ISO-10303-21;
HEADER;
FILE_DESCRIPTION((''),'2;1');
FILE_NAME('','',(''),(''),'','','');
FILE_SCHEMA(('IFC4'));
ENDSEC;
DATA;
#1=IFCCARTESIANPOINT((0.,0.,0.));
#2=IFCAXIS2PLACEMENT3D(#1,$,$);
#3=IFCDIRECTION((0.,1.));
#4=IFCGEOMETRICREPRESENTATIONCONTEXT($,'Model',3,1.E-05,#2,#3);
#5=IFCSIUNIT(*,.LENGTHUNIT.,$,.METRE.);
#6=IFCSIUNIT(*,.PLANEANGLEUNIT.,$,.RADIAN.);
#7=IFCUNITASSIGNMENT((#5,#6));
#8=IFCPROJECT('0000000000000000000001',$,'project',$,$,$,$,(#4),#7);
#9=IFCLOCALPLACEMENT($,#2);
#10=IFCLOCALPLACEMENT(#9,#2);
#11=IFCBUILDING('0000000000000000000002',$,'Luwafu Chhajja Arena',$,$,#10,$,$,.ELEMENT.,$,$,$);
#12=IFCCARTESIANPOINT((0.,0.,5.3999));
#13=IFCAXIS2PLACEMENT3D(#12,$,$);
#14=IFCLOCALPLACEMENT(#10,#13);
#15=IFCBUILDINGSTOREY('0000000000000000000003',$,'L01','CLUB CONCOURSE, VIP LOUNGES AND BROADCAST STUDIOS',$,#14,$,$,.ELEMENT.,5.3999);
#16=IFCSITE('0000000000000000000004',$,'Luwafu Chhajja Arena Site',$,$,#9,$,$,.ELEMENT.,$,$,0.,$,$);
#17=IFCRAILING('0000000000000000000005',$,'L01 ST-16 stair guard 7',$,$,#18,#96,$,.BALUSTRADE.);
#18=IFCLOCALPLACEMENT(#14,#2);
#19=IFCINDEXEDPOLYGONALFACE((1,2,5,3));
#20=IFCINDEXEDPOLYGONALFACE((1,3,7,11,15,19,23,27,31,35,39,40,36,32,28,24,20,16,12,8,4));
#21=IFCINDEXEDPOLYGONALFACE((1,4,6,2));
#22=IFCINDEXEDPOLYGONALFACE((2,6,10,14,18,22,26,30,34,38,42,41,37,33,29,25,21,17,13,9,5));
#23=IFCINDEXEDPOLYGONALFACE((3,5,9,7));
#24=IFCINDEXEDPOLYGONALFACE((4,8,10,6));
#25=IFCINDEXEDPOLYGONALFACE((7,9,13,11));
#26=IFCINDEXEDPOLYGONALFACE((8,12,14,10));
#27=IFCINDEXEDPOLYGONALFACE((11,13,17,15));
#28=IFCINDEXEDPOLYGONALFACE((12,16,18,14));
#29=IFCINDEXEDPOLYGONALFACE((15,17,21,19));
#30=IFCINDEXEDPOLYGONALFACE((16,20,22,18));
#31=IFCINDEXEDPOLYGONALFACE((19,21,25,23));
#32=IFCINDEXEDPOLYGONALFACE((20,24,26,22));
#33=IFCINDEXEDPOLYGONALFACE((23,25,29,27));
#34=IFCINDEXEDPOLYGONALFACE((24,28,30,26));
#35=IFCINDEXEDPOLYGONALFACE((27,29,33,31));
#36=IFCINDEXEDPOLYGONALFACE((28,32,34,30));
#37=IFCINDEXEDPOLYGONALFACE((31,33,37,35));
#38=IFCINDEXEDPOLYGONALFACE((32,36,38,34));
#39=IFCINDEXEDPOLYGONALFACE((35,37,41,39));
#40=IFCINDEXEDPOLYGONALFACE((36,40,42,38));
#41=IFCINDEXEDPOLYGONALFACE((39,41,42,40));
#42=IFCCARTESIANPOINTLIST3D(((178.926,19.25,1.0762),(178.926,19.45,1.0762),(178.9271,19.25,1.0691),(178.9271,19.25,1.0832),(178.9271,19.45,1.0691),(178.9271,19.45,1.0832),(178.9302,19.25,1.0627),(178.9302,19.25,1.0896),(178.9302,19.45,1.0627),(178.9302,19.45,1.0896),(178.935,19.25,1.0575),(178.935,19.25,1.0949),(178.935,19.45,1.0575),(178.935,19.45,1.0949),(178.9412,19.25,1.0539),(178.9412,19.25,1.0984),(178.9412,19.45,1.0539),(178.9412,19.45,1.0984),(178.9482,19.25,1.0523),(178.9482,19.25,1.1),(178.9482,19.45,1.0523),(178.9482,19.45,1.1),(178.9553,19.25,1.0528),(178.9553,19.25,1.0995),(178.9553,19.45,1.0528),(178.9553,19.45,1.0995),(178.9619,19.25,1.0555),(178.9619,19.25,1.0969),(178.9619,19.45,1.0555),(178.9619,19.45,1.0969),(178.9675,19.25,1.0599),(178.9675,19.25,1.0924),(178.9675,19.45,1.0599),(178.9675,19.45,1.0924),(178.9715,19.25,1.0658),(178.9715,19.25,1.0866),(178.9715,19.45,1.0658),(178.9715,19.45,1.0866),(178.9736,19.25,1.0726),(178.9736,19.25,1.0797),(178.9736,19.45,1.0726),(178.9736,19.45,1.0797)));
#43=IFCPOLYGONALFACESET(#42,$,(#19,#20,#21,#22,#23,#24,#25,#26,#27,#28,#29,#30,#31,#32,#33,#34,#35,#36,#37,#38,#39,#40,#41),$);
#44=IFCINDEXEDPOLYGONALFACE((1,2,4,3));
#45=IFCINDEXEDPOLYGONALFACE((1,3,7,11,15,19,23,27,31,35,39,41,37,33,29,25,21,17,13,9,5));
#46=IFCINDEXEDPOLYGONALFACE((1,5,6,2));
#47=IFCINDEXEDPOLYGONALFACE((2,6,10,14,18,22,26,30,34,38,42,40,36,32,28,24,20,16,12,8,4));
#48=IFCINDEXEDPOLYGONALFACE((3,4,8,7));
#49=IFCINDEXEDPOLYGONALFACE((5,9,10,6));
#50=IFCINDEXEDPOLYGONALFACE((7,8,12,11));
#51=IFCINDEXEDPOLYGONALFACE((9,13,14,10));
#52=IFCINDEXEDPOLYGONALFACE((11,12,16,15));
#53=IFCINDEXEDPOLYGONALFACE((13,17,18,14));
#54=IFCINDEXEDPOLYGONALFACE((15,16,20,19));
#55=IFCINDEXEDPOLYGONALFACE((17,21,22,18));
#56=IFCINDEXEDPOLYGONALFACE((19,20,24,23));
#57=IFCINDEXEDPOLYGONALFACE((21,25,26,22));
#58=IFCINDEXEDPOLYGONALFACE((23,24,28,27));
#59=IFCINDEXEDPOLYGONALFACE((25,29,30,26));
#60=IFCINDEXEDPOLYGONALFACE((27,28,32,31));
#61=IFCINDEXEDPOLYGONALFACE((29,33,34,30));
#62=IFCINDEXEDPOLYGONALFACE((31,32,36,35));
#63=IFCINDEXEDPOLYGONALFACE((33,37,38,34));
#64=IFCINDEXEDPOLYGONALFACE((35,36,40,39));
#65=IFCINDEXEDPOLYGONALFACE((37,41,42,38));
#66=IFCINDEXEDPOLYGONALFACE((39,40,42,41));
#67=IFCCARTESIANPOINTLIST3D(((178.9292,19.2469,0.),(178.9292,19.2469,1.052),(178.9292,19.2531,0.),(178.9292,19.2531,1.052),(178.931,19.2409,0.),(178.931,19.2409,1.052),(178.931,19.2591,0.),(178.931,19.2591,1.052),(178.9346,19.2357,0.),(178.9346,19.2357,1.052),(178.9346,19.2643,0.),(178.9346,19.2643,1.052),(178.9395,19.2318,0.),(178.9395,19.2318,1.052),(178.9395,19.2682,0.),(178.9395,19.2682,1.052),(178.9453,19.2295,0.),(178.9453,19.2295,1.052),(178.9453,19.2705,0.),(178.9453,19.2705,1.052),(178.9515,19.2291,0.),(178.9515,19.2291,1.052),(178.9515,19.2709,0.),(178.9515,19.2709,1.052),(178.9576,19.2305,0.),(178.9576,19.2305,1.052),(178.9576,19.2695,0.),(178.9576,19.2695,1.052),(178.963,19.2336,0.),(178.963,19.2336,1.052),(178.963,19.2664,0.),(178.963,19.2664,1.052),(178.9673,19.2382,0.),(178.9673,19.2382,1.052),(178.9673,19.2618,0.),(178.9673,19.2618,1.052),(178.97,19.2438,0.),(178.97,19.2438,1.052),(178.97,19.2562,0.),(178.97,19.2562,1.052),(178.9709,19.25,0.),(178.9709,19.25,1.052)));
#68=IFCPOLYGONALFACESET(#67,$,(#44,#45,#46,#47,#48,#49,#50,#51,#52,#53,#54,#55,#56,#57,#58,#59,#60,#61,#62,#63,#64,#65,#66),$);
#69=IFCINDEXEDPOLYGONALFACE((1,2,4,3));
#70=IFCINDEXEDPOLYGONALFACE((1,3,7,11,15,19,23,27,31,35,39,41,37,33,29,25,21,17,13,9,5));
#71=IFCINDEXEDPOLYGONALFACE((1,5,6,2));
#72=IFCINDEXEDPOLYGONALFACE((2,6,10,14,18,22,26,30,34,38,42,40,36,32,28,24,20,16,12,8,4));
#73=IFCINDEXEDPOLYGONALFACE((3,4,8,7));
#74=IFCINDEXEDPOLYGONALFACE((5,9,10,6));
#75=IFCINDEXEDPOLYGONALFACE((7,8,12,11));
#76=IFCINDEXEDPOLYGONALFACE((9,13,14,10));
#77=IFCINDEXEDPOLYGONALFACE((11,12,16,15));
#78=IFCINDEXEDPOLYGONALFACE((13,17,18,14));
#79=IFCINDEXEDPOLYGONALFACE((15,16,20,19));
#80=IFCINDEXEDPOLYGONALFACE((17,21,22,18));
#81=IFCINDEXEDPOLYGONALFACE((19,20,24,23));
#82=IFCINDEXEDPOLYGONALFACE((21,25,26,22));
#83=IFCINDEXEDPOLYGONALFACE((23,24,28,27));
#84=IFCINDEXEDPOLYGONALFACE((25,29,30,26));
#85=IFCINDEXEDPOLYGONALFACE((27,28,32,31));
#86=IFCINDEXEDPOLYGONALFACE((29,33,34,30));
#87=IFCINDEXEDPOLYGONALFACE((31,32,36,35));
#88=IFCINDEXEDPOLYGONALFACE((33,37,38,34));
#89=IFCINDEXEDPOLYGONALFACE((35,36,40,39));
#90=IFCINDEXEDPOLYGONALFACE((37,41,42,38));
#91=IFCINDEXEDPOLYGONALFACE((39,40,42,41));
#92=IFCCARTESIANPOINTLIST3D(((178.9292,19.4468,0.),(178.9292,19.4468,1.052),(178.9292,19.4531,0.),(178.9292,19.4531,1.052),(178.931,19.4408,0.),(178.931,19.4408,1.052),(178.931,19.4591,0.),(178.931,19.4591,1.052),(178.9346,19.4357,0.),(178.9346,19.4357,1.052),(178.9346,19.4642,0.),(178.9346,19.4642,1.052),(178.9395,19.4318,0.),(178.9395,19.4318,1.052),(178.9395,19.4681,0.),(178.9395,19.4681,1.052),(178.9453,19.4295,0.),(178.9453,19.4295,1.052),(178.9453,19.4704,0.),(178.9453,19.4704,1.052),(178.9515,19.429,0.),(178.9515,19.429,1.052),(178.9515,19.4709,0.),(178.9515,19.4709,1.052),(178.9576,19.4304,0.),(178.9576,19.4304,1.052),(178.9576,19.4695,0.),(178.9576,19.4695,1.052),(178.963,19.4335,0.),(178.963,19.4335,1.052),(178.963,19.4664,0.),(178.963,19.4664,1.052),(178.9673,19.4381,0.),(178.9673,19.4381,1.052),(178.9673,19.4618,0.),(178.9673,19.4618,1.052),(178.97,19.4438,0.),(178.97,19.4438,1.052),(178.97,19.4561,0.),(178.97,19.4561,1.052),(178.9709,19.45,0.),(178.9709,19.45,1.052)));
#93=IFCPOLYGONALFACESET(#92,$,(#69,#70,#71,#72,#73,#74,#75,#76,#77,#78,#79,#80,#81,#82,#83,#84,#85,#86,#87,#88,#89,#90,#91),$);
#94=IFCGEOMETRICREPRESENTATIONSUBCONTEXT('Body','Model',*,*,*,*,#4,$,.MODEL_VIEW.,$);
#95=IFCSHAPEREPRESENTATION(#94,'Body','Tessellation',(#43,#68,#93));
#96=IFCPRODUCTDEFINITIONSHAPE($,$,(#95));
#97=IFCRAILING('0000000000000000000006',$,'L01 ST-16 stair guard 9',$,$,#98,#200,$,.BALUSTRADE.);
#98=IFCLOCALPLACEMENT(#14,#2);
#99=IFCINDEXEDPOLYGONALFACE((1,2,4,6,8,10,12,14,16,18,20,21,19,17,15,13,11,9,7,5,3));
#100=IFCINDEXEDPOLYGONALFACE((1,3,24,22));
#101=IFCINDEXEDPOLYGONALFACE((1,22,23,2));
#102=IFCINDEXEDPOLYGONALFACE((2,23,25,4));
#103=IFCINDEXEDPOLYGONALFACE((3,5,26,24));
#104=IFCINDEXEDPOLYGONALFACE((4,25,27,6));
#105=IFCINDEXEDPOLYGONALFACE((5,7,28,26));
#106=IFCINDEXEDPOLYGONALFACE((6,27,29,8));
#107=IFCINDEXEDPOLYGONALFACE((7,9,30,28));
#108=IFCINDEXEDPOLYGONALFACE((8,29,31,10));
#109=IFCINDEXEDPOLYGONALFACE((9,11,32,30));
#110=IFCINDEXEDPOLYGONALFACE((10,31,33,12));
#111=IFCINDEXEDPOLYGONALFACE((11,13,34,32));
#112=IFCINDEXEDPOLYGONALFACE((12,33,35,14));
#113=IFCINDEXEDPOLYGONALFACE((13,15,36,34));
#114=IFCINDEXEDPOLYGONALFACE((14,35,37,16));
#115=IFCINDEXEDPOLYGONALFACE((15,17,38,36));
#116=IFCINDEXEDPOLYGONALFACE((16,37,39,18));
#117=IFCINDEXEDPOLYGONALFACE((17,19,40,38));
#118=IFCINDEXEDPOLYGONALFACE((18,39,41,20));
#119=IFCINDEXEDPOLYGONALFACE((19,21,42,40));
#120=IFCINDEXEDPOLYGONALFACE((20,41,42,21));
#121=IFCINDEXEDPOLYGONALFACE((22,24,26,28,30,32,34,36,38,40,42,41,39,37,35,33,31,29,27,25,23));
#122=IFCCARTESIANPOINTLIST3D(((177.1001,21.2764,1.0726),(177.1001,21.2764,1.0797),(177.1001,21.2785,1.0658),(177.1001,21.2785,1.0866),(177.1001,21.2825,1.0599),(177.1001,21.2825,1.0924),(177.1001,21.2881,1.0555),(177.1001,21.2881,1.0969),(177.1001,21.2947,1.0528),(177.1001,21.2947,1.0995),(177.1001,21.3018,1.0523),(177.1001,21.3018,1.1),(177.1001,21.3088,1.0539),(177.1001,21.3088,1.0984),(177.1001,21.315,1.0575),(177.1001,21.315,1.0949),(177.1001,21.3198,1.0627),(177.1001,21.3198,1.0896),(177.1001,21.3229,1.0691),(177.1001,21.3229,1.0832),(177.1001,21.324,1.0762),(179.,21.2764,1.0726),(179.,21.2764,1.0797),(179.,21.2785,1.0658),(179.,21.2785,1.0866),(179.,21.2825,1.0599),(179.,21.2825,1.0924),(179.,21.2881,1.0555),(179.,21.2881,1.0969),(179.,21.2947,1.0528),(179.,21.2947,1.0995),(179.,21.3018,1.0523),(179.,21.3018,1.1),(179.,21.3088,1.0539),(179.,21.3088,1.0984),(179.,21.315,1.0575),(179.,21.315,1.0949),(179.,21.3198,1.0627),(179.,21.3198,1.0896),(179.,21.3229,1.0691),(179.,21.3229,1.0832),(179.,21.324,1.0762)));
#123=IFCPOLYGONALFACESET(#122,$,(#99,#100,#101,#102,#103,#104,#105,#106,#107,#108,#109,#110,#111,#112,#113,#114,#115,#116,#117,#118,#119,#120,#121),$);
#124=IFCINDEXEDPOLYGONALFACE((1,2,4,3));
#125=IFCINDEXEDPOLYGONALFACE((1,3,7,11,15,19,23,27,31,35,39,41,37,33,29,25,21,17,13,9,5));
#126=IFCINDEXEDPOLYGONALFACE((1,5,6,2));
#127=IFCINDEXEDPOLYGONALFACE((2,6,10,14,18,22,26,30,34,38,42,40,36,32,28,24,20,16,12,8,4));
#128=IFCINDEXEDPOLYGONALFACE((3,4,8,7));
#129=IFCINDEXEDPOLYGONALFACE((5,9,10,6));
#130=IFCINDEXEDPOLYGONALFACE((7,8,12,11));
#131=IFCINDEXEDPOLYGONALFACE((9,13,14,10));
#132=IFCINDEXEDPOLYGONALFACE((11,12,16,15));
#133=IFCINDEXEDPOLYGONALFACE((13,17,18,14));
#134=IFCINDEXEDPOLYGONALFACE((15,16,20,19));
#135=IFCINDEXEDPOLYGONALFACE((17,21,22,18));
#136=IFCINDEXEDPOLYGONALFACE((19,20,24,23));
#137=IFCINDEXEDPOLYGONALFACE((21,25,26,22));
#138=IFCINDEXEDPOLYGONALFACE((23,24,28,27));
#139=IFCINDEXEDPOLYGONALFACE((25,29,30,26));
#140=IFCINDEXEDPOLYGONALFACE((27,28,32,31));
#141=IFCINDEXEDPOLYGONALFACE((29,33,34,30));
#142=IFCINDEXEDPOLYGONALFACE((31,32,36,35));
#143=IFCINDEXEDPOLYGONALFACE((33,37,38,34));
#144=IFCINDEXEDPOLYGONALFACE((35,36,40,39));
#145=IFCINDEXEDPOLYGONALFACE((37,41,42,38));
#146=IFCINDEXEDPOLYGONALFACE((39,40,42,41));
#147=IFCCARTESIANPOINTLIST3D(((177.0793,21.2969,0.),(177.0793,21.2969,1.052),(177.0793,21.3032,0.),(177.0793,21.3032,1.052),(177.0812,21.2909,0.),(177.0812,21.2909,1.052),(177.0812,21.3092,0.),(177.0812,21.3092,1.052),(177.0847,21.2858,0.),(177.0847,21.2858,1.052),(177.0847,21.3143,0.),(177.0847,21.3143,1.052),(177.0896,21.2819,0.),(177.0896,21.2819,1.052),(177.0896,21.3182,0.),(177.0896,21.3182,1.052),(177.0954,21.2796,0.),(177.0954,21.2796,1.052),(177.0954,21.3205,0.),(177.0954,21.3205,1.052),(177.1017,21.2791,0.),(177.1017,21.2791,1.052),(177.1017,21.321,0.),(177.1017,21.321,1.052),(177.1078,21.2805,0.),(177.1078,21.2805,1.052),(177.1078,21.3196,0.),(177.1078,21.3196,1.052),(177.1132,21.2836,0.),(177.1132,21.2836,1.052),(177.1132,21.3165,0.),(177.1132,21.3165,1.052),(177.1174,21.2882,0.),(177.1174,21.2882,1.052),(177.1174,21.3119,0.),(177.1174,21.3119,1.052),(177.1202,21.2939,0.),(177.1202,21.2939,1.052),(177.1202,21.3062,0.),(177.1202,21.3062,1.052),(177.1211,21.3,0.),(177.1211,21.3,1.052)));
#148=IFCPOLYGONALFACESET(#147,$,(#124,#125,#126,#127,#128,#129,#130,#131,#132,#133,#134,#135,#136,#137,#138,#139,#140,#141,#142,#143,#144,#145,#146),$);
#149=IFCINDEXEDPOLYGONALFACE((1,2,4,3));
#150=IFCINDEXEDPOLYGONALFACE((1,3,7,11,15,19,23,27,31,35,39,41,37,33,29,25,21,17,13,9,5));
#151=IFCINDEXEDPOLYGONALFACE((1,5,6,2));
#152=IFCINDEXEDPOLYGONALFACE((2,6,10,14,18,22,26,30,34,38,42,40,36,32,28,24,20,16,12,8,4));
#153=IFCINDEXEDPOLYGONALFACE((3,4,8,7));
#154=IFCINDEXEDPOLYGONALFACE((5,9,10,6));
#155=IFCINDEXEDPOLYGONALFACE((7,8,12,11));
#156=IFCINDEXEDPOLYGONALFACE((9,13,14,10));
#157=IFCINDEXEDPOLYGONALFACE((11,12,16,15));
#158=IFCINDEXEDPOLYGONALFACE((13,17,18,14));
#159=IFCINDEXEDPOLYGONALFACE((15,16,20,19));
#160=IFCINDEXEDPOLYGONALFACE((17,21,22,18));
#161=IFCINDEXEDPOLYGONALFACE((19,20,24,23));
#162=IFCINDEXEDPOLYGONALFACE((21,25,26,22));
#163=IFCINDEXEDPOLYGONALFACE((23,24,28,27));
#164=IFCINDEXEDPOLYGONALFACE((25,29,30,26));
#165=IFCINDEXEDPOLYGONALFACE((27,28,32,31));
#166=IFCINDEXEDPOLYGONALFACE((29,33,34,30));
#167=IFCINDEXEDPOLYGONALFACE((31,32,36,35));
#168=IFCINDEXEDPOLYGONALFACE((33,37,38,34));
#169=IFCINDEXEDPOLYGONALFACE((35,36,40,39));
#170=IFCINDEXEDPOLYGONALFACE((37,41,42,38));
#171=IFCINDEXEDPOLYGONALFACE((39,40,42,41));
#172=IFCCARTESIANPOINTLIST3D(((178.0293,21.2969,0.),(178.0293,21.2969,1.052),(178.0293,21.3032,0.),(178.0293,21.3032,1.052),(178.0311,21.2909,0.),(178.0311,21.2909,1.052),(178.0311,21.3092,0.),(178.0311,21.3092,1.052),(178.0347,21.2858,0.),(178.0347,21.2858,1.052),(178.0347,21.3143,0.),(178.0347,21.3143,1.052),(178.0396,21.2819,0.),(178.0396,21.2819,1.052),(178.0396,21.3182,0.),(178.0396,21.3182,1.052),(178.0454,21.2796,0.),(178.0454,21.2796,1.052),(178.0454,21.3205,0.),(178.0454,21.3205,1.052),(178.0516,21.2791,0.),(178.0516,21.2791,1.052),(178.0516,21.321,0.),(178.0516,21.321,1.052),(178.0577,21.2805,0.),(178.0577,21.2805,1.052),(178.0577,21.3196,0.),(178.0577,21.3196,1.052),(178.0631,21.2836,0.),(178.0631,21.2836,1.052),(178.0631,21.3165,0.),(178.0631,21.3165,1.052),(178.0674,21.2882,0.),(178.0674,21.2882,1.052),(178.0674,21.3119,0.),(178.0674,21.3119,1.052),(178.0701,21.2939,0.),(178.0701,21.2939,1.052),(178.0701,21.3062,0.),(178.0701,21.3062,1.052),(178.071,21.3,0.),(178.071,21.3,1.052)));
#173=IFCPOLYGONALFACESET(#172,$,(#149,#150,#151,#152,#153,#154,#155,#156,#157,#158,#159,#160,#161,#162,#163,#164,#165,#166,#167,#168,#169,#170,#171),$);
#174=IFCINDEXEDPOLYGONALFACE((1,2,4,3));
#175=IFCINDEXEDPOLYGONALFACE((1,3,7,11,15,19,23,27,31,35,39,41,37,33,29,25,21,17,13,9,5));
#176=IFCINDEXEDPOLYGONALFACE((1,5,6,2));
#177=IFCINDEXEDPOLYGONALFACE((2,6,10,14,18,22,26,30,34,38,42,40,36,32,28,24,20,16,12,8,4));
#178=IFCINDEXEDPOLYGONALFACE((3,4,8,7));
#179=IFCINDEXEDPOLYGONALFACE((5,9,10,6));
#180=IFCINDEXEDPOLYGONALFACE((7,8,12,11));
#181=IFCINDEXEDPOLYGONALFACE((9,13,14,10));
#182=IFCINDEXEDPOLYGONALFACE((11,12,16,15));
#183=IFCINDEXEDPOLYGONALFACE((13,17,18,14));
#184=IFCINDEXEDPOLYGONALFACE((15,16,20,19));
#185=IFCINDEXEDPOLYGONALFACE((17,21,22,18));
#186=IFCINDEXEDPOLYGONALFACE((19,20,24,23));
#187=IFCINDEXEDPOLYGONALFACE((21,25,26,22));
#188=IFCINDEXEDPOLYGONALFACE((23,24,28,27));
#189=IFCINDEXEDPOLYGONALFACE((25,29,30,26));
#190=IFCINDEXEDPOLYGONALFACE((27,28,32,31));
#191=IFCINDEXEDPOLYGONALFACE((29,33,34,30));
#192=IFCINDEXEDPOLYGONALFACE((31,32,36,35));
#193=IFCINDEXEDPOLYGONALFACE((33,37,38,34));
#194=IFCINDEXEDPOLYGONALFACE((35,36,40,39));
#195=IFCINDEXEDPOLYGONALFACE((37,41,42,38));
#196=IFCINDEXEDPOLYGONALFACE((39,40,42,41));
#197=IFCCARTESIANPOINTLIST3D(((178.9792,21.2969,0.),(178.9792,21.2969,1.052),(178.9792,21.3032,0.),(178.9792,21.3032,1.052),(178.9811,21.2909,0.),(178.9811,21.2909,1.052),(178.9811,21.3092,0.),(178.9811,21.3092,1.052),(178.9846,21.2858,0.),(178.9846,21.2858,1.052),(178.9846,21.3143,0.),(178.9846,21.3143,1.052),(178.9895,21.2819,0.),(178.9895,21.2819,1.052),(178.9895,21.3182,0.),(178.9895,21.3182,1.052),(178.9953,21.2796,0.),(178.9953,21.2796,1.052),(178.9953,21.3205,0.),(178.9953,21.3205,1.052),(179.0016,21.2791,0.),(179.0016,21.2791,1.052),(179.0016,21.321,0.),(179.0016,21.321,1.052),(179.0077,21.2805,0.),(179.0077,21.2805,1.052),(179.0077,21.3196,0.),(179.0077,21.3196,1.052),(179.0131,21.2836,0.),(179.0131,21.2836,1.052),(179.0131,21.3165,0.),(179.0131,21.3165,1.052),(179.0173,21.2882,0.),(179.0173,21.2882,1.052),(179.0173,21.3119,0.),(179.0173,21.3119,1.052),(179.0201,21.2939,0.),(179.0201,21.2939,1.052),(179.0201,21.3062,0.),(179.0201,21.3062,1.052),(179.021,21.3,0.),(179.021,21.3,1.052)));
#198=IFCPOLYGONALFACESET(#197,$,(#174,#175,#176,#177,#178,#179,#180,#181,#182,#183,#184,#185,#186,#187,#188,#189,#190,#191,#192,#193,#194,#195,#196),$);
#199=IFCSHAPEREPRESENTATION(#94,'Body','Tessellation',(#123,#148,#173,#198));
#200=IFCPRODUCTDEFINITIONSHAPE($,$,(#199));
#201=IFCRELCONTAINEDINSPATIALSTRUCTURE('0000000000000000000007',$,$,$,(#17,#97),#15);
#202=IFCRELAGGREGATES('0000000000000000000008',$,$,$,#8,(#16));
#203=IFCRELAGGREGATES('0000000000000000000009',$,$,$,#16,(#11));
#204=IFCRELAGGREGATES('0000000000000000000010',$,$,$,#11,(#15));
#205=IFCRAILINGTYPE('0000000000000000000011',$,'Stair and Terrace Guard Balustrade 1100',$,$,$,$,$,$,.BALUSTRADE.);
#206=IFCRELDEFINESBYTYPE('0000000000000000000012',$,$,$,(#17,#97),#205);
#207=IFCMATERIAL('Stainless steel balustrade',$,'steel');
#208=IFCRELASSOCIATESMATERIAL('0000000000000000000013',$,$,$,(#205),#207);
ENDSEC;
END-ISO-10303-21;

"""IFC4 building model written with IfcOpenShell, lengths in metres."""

from ifc_helpers import new_model, si_unit, direction, frame, origin, origin_2d, place, context, subcontext, project, spatial, circle, extrude, material, type_object, element, save


model = new_model("IFC4")

# Units and contexts
model_context = context("Model", 3, precision=1e-05, world=origin(), true_north=direction((0.0, 1.0)))
body_context = subcontext(model_context, "Body", "Model", "MODEL_VIEW")
ifc_project = project(units=[si_unit("LENGTHUNIT", "METRE"), si_unit("PLANEANGLEUNIT", "RADIAN")], contexts=[model_context])

# Site, building, storey
site_placement = place(None, origin())
site = spatial("IfcSite", under=ifc_project, at=site_placement, Name="Luwafu Chhajja Arena Site", CompositionType="ELEMENT", RefElevation=0.0)
building_placement = place(site_placement, origin())
building = spatial("IfcBuilding", under=site, at=building_placement, Name="Luwafu Chhajja Arena", CompositionType="ELEMENT")
storey_placement = place(building_placement, frame((0.0, 0.0, 5.3999)))
storey = spatial("IfcBuildingStorey", under=building, at=storey_placement, Name="L01", Description="CLUB CONCOURSE, VIP LOUNGES AND BROADCAST STUDIOS", CompositionType="ELEMENT", Elevation=5.3999)

# Railings
ifc_material_1 = material(Name="Stainless steel balustrade", Category="steel")
railing_type_1 = type_object("IfcRailingType", Name="Stair and Terrace Guard Balustrade 1100", PredefinedType="BALUSTRADE", material=ifc_material_1)
railing_1_placement = place(storey_placement, frame((178.95, 19.25, 0.0)))
element("IfcRailing", 1, at=railing_1_placement, inside=storey, type_object=railing_type_1, Name="L01 ST-16 stair guard 7", PredefinedType="BALUSTRADE", context=body_context, shape_type="SweptSolid", body=[
    extrude(circle(Radius=0.0239, at=origin_2d()), frame((0.0, 0.0, 1.0762), z_axis=(0.0, 1.0, 0.0), x_axis=(-1.0, 0.0, 0.0)), (0.0, 0.0, 1.0), 0.2),
    extrude(circle(Radius=0.021, at=origin_2d()), origin(), (0.0, 0.0, 1.0), 1.052),
    extrude(circle(Radius=0.021, at=origin_2d()), frame((0.0, 0.2, 0.0)), (0.0, 0.0, 1.0), 1.052),
])
railing_2_placement = place(storey_placement, frame((177.1001, 21.3, 0.0)))
element("IfcRailing", 2, at=railing_2_placement, inside=storey, type_object=railing_type_1, Name="L01 ST-16 stair guard 9", PredefinedType="BALUSTRADE", context=body_context, shape_type="SweptSolid", body=[
    extrude(circle(Radius=0.0239, at=origin_2d()), frame((0.0, 0.0, 1.0762), z_axis=(1.0, 0.0, 0.0), x_axis=(0.0, 1.0, 0.0)), (0.0, 0.0, 1.0), 1.8999),
    extrude(circle(Radius=0.021, at=origin_2d()), origin(), (0.0, 0.0, 1.0), 1.052),
    extrude(circle(Radius=0.021, at=origin_2d()), frame((0.95, 0.0, 0.0)), (0.0, 0.0, 1.0), 1.052),
    extrude(circle(Radius=0.021, at=origin_2d()), frame((1.8999, 0.0, 0.0)), (0.0, 0.0, 1.0), 1.052),
])

save(model, "model.ifc")
